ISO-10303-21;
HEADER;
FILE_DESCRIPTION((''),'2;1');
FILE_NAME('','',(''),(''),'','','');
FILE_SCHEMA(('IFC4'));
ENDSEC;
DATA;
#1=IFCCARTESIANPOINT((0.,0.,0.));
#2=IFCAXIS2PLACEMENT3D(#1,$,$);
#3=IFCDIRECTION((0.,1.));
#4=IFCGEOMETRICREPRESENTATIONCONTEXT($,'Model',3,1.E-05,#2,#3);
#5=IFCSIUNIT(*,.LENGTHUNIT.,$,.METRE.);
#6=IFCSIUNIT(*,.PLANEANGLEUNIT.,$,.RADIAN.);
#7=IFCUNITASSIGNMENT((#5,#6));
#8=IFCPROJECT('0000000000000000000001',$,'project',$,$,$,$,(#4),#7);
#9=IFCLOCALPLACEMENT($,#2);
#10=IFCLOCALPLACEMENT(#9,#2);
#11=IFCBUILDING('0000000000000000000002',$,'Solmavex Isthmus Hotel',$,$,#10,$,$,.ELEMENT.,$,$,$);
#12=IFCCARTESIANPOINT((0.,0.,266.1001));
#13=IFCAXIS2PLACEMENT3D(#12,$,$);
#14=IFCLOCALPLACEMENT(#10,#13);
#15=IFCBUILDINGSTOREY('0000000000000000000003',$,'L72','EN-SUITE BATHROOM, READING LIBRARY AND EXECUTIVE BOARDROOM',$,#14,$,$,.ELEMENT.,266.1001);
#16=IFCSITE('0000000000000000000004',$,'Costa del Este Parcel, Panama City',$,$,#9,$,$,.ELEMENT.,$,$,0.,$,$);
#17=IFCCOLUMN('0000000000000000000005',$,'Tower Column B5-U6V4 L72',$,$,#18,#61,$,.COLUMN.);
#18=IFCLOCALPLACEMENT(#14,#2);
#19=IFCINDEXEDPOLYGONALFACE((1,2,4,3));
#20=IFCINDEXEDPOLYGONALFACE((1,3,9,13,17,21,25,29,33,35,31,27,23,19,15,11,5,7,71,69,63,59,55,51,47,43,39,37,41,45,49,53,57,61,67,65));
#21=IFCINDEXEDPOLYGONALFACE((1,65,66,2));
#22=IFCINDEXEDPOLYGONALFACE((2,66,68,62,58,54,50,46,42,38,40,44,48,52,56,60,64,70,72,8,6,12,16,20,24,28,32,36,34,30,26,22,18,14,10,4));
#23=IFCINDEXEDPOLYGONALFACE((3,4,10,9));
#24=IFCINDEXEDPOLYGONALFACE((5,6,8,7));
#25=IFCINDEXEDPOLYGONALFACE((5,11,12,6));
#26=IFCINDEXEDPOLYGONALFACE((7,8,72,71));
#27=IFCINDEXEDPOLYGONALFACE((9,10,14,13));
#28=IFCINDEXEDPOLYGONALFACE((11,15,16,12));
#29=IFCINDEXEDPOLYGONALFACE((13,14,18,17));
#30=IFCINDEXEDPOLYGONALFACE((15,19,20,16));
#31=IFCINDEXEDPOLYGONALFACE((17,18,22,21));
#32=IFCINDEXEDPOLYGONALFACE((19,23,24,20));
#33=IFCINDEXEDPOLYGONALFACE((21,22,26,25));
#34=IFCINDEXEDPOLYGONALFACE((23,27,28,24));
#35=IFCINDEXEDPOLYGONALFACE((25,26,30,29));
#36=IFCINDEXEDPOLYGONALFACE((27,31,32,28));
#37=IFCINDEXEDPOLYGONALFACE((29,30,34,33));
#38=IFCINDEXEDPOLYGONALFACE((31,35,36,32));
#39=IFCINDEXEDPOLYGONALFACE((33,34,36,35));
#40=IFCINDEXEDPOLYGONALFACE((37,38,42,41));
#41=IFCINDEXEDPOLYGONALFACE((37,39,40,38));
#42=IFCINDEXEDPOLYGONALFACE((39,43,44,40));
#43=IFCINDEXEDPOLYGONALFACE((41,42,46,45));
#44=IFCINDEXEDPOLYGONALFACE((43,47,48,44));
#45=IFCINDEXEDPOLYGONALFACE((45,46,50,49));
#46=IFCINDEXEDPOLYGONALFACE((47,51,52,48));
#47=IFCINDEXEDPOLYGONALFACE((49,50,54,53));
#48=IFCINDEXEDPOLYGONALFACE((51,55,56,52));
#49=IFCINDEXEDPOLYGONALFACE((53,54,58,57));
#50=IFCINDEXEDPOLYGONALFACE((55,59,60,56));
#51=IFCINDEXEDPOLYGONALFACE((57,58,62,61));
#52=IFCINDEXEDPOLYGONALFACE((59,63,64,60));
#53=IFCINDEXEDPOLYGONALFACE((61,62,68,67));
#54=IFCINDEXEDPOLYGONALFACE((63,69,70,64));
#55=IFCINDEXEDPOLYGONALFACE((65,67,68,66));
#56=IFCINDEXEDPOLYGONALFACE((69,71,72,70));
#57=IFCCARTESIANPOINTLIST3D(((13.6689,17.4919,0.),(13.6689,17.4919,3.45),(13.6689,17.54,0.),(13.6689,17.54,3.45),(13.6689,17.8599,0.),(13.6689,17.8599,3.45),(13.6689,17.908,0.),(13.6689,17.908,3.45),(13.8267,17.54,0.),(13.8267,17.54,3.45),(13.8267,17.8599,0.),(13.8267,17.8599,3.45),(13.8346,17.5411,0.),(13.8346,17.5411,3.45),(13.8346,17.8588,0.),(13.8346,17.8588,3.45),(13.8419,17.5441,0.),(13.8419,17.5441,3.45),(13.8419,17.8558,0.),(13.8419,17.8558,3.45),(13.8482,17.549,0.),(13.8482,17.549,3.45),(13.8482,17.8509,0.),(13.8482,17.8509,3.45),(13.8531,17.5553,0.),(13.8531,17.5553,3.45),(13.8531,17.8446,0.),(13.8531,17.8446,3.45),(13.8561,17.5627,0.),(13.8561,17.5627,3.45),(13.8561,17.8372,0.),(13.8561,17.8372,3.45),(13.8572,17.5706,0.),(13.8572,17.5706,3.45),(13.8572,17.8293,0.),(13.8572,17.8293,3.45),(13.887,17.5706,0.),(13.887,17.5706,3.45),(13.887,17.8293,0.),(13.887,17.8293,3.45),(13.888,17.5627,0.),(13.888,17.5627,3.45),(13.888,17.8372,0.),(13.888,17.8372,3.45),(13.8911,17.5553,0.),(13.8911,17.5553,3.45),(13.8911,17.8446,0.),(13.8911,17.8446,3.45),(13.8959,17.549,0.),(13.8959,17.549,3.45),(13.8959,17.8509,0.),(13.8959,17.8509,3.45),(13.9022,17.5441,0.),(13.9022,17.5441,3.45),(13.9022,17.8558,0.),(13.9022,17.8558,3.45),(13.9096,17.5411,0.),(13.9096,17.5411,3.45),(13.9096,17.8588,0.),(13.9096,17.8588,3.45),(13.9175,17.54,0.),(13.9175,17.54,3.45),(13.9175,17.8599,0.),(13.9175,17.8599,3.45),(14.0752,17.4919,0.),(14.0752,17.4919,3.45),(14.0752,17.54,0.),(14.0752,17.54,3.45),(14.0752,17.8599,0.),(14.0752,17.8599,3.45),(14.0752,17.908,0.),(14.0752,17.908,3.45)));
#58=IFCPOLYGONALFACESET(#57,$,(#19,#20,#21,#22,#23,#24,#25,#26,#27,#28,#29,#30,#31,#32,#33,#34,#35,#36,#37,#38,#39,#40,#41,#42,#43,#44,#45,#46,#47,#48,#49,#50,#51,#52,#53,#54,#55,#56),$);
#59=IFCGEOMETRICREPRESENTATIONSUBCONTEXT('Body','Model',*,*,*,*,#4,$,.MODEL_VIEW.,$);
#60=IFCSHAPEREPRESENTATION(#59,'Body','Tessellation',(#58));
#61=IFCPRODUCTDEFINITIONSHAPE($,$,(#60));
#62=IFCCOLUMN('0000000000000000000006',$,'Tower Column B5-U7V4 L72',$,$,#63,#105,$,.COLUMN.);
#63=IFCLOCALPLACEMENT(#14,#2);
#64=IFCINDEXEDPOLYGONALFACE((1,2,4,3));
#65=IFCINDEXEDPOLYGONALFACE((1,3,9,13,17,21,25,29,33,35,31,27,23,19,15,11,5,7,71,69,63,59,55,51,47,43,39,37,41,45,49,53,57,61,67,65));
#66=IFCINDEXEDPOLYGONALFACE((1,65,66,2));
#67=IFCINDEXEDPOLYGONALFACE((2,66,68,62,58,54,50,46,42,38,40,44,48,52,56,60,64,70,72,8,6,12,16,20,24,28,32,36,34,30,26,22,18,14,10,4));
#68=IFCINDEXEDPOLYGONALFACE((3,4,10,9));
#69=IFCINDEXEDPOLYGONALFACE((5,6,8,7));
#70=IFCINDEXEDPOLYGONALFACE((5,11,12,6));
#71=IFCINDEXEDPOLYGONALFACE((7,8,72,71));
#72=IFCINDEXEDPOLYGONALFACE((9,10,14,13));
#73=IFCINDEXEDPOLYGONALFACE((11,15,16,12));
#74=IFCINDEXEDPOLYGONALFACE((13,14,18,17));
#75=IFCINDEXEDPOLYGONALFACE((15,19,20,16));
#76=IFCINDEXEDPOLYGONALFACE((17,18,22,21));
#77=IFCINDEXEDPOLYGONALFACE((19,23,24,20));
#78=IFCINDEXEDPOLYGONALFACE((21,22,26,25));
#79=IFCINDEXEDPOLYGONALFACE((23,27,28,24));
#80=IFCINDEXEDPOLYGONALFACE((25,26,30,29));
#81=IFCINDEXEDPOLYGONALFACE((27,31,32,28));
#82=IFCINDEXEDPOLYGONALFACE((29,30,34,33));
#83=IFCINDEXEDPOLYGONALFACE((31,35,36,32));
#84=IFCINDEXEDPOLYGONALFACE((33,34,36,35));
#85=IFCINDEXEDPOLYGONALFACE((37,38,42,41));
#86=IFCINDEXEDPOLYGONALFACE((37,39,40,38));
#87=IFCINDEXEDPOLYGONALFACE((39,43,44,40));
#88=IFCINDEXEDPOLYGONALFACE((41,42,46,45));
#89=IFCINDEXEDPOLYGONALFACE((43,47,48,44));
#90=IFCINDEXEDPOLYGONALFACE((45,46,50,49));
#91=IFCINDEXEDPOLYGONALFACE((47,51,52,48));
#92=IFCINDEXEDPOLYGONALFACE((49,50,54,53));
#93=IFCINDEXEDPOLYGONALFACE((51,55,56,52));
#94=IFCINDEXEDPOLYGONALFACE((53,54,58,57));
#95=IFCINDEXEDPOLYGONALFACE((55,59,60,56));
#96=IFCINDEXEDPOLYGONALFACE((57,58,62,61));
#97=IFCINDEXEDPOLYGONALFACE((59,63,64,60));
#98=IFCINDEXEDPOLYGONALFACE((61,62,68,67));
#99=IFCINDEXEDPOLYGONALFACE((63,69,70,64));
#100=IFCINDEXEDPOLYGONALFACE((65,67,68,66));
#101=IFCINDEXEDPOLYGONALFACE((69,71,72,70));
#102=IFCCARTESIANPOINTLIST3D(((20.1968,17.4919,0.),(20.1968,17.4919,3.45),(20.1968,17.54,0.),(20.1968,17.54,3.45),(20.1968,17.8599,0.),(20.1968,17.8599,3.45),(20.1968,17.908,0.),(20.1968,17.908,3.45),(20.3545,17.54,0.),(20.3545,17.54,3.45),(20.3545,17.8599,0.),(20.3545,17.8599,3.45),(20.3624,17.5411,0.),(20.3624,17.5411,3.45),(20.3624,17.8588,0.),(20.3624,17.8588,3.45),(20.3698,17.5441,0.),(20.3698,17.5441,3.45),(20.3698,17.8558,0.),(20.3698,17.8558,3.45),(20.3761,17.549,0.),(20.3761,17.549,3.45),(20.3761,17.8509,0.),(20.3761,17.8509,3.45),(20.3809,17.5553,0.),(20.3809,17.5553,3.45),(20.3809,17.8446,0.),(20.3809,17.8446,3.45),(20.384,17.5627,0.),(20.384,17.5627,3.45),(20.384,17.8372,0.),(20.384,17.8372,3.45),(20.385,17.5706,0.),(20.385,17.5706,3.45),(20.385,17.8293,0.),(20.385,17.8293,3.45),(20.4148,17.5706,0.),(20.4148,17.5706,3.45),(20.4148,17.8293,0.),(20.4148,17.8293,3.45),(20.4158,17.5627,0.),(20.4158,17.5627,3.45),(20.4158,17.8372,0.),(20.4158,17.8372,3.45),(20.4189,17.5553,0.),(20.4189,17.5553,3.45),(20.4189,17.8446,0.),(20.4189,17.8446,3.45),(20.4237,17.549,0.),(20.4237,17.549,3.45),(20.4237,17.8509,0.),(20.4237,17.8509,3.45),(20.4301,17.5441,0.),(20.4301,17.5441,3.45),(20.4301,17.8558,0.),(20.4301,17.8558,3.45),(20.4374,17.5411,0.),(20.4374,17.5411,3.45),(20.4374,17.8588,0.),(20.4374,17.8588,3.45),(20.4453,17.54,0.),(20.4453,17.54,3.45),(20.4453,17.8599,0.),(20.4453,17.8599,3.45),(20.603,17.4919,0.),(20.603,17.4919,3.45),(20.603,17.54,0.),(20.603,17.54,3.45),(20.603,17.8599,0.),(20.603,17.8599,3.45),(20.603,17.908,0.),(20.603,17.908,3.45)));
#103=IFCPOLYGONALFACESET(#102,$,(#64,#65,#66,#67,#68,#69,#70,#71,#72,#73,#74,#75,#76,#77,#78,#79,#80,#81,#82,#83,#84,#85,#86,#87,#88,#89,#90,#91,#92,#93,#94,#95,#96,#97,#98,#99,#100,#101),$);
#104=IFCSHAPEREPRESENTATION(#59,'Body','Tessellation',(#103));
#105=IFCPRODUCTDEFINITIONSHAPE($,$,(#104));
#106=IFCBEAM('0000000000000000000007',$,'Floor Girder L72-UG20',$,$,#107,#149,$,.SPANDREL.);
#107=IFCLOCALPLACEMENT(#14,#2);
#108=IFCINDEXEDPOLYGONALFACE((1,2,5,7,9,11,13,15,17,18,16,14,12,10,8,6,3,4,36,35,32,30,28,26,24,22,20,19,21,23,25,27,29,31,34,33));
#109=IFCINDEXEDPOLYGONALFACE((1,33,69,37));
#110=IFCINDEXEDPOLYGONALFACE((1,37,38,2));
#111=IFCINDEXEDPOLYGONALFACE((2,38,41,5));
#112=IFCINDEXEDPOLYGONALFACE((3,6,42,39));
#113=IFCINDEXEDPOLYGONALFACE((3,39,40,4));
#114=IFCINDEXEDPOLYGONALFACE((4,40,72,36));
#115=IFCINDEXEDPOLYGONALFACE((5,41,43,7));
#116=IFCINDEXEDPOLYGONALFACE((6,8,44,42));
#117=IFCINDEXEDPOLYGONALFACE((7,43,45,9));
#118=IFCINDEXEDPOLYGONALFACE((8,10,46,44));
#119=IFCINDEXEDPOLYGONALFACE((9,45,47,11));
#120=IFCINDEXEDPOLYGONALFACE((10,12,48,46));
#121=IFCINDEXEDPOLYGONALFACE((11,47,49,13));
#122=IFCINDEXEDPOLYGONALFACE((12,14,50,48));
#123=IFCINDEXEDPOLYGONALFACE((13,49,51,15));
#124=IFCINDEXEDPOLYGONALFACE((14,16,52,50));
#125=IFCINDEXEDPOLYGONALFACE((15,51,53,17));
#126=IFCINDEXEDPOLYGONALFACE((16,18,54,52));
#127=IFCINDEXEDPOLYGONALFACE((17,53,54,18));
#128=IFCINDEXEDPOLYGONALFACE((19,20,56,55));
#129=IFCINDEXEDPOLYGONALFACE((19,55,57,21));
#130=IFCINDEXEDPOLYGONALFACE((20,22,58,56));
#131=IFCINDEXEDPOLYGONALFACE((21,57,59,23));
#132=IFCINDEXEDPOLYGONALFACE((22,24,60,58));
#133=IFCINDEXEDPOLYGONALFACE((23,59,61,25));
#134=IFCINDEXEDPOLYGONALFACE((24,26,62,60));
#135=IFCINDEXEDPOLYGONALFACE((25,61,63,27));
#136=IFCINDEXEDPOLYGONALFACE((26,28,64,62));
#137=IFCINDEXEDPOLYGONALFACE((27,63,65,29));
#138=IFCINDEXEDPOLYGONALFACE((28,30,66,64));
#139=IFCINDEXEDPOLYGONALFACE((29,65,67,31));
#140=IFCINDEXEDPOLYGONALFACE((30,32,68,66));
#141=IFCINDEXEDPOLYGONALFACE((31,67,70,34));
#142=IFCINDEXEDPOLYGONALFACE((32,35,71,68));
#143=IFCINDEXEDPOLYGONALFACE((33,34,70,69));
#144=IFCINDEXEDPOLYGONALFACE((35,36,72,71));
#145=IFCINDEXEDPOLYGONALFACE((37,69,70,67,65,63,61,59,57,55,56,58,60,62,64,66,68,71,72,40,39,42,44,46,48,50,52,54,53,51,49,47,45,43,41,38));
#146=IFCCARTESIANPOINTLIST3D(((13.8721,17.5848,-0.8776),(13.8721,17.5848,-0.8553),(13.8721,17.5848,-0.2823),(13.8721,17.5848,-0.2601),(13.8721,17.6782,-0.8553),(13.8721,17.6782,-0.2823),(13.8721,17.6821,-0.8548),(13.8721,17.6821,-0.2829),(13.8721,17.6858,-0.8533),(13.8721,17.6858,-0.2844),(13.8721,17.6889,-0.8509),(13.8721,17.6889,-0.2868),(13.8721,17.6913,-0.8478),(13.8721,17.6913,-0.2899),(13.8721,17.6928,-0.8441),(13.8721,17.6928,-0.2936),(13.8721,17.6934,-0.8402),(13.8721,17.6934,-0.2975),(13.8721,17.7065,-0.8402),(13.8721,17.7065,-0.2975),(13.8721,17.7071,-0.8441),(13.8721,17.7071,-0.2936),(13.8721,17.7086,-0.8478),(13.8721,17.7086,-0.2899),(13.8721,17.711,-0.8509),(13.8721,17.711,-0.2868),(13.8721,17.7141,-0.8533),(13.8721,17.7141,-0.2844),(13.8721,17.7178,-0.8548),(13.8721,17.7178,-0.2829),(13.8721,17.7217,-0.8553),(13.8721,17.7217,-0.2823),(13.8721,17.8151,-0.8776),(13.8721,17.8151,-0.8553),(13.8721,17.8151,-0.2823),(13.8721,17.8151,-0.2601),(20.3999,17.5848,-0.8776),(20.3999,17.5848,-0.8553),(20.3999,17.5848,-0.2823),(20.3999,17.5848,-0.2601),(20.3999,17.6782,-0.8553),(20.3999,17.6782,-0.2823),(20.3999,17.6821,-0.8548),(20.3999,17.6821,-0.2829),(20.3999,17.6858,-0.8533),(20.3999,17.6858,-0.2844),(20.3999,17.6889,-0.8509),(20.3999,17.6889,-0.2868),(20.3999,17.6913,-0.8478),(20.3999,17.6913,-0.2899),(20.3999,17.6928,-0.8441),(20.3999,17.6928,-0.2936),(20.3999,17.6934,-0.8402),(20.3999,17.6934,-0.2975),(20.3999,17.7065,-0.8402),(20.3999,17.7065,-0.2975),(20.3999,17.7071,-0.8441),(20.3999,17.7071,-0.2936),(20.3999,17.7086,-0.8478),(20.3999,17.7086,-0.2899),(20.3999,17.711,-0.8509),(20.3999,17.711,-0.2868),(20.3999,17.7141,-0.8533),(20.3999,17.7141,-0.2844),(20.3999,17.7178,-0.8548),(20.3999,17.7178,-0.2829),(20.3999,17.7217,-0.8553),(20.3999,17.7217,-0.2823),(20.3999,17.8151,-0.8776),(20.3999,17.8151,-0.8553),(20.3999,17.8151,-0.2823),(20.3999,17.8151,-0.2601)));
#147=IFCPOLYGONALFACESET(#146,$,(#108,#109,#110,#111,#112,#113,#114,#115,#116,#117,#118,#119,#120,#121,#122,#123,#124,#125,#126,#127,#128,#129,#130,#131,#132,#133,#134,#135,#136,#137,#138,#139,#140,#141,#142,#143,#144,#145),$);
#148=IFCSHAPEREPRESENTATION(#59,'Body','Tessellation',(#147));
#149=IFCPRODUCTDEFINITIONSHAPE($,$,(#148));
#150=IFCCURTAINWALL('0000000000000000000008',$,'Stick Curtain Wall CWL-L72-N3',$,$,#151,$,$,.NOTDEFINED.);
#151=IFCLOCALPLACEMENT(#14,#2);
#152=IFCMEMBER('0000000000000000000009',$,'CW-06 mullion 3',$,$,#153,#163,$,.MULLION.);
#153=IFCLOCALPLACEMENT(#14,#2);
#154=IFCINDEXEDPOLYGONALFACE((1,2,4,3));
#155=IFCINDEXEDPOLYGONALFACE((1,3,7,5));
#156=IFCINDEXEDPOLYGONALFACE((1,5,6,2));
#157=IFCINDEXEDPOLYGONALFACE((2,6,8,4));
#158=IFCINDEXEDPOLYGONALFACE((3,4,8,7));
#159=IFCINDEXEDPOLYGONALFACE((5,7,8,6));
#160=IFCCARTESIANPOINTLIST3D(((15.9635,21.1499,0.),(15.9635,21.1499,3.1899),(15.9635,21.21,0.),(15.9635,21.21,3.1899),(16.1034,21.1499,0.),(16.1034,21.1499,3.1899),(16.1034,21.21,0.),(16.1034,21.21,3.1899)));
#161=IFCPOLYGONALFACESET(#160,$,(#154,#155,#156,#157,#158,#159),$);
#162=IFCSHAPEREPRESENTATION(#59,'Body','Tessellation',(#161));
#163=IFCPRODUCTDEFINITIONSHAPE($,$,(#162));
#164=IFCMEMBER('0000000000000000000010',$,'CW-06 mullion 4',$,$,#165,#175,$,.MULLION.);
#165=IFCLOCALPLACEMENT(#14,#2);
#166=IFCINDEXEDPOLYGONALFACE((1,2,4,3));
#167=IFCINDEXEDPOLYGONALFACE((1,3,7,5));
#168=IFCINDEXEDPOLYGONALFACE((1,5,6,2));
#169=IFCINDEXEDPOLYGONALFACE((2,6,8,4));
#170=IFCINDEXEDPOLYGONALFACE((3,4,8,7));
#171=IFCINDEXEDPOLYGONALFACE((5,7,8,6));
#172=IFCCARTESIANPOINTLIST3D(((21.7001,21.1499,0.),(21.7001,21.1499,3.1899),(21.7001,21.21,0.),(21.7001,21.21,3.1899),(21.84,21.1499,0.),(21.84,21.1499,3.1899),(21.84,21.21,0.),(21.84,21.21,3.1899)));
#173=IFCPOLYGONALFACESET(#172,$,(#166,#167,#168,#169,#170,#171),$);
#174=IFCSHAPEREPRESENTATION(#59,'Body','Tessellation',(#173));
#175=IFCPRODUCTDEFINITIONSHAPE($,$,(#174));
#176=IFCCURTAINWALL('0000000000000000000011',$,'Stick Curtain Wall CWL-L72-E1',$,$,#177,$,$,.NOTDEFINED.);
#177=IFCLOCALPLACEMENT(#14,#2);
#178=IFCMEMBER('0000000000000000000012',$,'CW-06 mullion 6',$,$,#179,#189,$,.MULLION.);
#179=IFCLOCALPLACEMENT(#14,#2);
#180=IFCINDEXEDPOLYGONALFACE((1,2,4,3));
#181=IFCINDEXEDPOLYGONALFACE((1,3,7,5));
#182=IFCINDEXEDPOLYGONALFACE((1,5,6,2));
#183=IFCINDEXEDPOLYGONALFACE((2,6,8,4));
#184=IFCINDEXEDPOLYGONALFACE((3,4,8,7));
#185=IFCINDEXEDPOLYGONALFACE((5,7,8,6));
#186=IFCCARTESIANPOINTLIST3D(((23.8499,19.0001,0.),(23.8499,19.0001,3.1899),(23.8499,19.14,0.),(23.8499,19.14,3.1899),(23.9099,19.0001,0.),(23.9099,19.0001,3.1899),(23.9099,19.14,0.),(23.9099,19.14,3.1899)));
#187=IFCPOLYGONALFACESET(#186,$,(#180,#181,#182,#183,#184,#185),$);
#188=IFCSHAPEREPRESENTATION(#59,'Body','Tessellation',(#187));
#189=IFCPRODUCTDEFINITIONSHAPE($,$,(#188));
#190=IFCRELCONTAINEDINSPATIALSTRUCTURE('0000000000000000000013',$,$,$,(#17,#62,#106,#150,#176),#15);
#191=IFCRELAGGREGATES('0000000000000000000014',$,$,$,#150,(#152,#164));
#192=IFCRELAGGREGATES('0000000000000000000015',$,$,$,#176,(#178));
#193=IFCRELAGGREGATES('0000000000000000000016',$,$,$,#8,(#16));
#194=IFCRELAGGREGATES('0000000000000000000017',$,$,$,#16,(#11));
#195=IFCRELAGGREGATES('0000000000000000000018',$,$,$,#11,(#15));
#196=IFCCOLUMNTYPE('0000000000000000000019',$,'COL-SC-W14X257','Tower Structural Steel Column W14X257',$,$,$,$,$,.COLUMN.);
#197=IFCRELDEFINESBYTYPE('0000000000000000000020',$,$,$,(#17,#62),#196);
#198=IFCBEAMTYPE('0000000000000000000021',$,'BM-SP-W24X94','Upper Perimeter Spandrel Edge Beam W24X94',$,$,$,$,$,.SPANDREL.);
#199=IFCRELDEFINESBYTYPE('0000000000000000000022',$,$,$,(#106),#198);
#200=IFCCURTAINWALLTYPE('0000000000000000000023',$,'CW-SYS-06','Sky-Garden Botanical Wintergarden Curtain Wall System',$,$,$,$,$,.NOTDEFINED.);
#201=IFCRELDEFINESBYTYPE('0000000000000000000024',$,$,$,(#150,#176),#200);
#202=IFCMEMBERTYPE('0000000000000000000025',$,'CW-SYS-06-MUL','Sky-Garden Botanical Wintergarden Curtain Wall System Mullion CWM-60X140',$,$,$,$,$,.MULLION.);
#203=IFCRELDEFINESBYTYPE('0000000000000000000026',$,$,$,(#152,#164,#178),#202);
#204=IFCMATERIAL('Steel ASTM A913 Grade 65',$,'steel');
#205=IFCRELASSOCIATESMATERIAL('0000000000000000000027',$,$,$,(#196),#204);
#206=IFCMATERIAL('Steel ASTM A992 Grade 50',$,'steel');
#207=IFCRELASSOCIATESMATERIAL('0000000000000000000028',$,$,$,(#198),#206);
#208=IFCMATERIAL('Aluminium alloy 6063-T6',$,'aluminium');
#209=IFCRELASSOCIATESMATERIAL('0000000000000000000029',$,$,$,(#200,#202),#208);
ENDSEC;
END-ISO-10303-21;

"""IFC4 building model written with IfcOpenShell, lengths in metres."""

from ifc_helpers import new_model, si_unit, direction, frame, origin, origin_2d, place, context, subcontext, project, spatial, rectangle, i_section, extrude, material, material_profile, profile_set, type_object, element, aggregate, save


model = new_model("IFC4")

# Units and contexts
model_context = context("Model", 3, precision=1e-05, world=origin(), true_north=direction((0.0, 1.0)))
body_context = subcontext(model_context, "Body", "Model", "MODEL_VIEW")
ifc_project = project(units=[si_unit("LENGTHUNIT", "METRE"), si_unit("PLANEANGLEUNIT", "RADIAN")], contexts=[model_context])

# Site, building, storey
site_placement = place(None, origin())
site = spatial("IfcSite", under=ifc_project, at=site_placement, Name="Costa del Este Parcel, Panama City", CompositionType="ELEMENT", RefElevation=0.0)
building_placement = place(site_placement, origin())
building = spatial("IfcBuilding", under=site, at=building_placement, Name="Solmavex Isthmus Hotel", CompositionType="ELEMENT")
storey_placement = place(building_placement, frame((0.0, 0.0, 266.1001)))
storey = spatial("IfcBuildingStorey", under=building, at=storey_placement, Name="L72", Description="EN-SUITE BATHROOM, READING LIBRARY AND EXECUTIVE BOARDROOM", CompositionType="ELEMENT", Elevation=266.1001)

# Columns
ifc_material_1 = material(Name="Steel ASTM A913 Grade 65", Category="steel")
ifc_material_profile_1 = material_profile(ifc_material_1, i_section(OverallWidth=0.4062, OverallDepth=0.416, WebThickness=0.0298, FlangeThickness=0.0481, FilletRadius=0.0305, at=origin_2d()), Name="W14X257")
ifc_profile_set_1 = profile_set([ifc_material_profile_1], Name="Steel ASTM A913 Grade 65")
column_type = type_object("IfcColumnType", Name="COL-SC-W14X257", Description="Tower Structural Steel Column W14X257", PredefinedType="COLUMN", material=ifc_profile_set_1)
for number, where, z_axis, x_axis, name in (
    (1, (13.8721, 17.7, 0.0), (0.0, 0.0, 1.0), (1.0, 0.0, 0.0), "Tower Column B5-U6V4 L72"),
    (2, (20.3999, 17.7, 0.0), (0.0, 0.0, 1.0), (1.0, 0.0, 0.0), "Tower Column B5-U7V4 L72"),
):
    element("IfcColumn", number, at=place(storey_placement, frame(where, z_axis=z_axis, x_axis=x_axis)), inside=storey, type_object=column_type, Name=name, PredefinedType="COLUMN", context=body_context, shape_type="SweptSolid", body=[
        extrude(i_section(OverallWidth=0.4062, OverallDepth=0.416, WebThickness=0.0298, FlangeThickness=0.0481, FilletRadius=0.0305, at=origin_2d()), origin(), (0.0, 0.0, 1.0), 3.45),
    ])

# Beam
ifc_material_2 = material(Name="Steel ASTM A992 Grade 50", Category="steel")
ifc_material_profile_2 = material_profile(ifc_material_2, i_section(OverallWidth=0.2302, OverallDepth=0.6174, WebThickness=0.0132, FlangeThickness=0.0222, FilletRadius=0.0151, at=origin_2d()), Name="W24X94")
ifc_profile_set_2 = profile_set([ifc_material_profile_2], Name="Steel ASTM A992 Grade 50")
beam_type = type_object("IfcBeamType", Name="BM-SP-W24X94", Description="Upper Perimeter Spandrel Edge Beam W24X94", PredefinedType="SPANDREL", material=ifc_profile_set_2)
beam_placement = place(storey_placement, frame((13.8721, 17.7, -0.5688), z_axis=(1.0, 0.0, 0.0), x_axis=(0.0, 1.0, 0.0)))
element("IfcBeam", 3, at=beam_placement, inside=storey, type_object=beam_type, Name="Floor Girder L72-UG20", PredefinedType="SPANDREL", context=body_context, shape_type="SweptSolid", body=[
    extrude(i_section(OverallWidth=0.2302, OverallDepth=0.6174, WebThickness=0.0132, FlangeThickness=0.0222, FilletRadius=0.0151, at=origin_2d()), origin(), (0.0, 0.0, 1.0), 6.5278),
])

# Curtain wall, members
ifc_material_3 = material(Name="Aluminium alloy 6063-T6", Category="aluminium")
curtain_wall_type = type_object("IfcCurtainWallType", Name="CW-SYS-06", Description="Sky-Garden Botanical Wintergarden Curtain Wall System", PredefinedType="NOTDEFINED", material=ifc_material_3)
curtain_wall_1_placement = place(storey_placement, origin())
curtain_wall_1 = element("IfcCurtainWall", 4, at=curtain_wall_1_placement, inside=storey, type_object=curtain_wall_type, Name="Stick Curtain Wall CWL-L72-N3", PredefinedType="NOTDEFINED")
ifc_material_profile_3 = material_profile(ifc_material_3, rectangle(XDim=0.0601, YDim=0.1399, at=origin_2d()), Name="CWM-60X140")
ifc_profile_set_3 = profile_set([ifc_material_profile_3], Name="Aluminium alloy 6063-T6")
member_type_1 = type_object("IfcMemberType", Name="CW-SYS-06-MUL", Description="Sky-Garden Botanical Wintergarden Curtain Wall System Mullion CWM-60X140", PredefinedType="MULLION", material=ifc_profile_set_3)
member_1_placement = place(storey_placement, frame((16.0334, 21.1799, 0.0), z_axis=(0.0, 0.0, 1.0), x_axis=(0.0, 1.0, 0.0)))
member_1 = element("IfcMember", 5, at=member_1_placement, type_object=member_type_1, Name="CW-06 mullion 3", PredefinedType="MULLION", context=body_context, shape_type="SweptSolid", body=[
    extrude(rectangle(XDim=0.0601, YDim=0.1399, at=origin_2d()), origin(), (0.0, 0.0, 1.0), 3.1899),
])
member_2_placement = place(storey_placement, frame((21.77, 21.1799, 0.0), z_axis=(0.0, 0.0, 1.0), x_axis=(0.0, 1.0, 0.0)))
member_2 = element("IfcMember", 6, at=member_2_placement, type_object=member_type_1, Name="CW-06 mullion 4", PredefinedType="MULLION", context=body_context, shape_type="SweptSolid", body=[
    extrude(rectangle(XDim=0.0601, YDim=0.1399, at=origin_2d()), origin(), (0.0, 0.0, 1.0), 3.1899),
])

# Curtain wall, member
curtain_wall_2_placement = place(storey_placement, origin())
curtain_wall_2 = element("IfcCurtainWall", 7, at=curtain_wall_2_placement, inside=storey, type_object=curtain_wall_type, Name="Stick Curtain Wall CWL-L72-E1", PredefinedType="NOTDEFINED")
member_3_placement = place(storey_placement, frame((23.8799, 19.0701, 0.0), z_axis=(0.0, 0.0, 1.0), x_axis=(-1.0, 0.0, 0.0)))
member_3 = element("IfcMember", 8, at=member_3_placement, type_object=member_type_1, Name="CW-06 mullion 6", PredefinedType="MULLION", context=body_context, shape_type="SweptSolid", body=[
    extrude(rectangle(XDim=0.0601, YDim=0.1399, at=origin_2d()), origin(), (0.0, 0.0, 1.0), 3.1899),
])

aggregate(curtain_wall_1, [member_1, member_2])
aggregate(curtain_wall_2, [member_3])

save(model, "model.ifc")
